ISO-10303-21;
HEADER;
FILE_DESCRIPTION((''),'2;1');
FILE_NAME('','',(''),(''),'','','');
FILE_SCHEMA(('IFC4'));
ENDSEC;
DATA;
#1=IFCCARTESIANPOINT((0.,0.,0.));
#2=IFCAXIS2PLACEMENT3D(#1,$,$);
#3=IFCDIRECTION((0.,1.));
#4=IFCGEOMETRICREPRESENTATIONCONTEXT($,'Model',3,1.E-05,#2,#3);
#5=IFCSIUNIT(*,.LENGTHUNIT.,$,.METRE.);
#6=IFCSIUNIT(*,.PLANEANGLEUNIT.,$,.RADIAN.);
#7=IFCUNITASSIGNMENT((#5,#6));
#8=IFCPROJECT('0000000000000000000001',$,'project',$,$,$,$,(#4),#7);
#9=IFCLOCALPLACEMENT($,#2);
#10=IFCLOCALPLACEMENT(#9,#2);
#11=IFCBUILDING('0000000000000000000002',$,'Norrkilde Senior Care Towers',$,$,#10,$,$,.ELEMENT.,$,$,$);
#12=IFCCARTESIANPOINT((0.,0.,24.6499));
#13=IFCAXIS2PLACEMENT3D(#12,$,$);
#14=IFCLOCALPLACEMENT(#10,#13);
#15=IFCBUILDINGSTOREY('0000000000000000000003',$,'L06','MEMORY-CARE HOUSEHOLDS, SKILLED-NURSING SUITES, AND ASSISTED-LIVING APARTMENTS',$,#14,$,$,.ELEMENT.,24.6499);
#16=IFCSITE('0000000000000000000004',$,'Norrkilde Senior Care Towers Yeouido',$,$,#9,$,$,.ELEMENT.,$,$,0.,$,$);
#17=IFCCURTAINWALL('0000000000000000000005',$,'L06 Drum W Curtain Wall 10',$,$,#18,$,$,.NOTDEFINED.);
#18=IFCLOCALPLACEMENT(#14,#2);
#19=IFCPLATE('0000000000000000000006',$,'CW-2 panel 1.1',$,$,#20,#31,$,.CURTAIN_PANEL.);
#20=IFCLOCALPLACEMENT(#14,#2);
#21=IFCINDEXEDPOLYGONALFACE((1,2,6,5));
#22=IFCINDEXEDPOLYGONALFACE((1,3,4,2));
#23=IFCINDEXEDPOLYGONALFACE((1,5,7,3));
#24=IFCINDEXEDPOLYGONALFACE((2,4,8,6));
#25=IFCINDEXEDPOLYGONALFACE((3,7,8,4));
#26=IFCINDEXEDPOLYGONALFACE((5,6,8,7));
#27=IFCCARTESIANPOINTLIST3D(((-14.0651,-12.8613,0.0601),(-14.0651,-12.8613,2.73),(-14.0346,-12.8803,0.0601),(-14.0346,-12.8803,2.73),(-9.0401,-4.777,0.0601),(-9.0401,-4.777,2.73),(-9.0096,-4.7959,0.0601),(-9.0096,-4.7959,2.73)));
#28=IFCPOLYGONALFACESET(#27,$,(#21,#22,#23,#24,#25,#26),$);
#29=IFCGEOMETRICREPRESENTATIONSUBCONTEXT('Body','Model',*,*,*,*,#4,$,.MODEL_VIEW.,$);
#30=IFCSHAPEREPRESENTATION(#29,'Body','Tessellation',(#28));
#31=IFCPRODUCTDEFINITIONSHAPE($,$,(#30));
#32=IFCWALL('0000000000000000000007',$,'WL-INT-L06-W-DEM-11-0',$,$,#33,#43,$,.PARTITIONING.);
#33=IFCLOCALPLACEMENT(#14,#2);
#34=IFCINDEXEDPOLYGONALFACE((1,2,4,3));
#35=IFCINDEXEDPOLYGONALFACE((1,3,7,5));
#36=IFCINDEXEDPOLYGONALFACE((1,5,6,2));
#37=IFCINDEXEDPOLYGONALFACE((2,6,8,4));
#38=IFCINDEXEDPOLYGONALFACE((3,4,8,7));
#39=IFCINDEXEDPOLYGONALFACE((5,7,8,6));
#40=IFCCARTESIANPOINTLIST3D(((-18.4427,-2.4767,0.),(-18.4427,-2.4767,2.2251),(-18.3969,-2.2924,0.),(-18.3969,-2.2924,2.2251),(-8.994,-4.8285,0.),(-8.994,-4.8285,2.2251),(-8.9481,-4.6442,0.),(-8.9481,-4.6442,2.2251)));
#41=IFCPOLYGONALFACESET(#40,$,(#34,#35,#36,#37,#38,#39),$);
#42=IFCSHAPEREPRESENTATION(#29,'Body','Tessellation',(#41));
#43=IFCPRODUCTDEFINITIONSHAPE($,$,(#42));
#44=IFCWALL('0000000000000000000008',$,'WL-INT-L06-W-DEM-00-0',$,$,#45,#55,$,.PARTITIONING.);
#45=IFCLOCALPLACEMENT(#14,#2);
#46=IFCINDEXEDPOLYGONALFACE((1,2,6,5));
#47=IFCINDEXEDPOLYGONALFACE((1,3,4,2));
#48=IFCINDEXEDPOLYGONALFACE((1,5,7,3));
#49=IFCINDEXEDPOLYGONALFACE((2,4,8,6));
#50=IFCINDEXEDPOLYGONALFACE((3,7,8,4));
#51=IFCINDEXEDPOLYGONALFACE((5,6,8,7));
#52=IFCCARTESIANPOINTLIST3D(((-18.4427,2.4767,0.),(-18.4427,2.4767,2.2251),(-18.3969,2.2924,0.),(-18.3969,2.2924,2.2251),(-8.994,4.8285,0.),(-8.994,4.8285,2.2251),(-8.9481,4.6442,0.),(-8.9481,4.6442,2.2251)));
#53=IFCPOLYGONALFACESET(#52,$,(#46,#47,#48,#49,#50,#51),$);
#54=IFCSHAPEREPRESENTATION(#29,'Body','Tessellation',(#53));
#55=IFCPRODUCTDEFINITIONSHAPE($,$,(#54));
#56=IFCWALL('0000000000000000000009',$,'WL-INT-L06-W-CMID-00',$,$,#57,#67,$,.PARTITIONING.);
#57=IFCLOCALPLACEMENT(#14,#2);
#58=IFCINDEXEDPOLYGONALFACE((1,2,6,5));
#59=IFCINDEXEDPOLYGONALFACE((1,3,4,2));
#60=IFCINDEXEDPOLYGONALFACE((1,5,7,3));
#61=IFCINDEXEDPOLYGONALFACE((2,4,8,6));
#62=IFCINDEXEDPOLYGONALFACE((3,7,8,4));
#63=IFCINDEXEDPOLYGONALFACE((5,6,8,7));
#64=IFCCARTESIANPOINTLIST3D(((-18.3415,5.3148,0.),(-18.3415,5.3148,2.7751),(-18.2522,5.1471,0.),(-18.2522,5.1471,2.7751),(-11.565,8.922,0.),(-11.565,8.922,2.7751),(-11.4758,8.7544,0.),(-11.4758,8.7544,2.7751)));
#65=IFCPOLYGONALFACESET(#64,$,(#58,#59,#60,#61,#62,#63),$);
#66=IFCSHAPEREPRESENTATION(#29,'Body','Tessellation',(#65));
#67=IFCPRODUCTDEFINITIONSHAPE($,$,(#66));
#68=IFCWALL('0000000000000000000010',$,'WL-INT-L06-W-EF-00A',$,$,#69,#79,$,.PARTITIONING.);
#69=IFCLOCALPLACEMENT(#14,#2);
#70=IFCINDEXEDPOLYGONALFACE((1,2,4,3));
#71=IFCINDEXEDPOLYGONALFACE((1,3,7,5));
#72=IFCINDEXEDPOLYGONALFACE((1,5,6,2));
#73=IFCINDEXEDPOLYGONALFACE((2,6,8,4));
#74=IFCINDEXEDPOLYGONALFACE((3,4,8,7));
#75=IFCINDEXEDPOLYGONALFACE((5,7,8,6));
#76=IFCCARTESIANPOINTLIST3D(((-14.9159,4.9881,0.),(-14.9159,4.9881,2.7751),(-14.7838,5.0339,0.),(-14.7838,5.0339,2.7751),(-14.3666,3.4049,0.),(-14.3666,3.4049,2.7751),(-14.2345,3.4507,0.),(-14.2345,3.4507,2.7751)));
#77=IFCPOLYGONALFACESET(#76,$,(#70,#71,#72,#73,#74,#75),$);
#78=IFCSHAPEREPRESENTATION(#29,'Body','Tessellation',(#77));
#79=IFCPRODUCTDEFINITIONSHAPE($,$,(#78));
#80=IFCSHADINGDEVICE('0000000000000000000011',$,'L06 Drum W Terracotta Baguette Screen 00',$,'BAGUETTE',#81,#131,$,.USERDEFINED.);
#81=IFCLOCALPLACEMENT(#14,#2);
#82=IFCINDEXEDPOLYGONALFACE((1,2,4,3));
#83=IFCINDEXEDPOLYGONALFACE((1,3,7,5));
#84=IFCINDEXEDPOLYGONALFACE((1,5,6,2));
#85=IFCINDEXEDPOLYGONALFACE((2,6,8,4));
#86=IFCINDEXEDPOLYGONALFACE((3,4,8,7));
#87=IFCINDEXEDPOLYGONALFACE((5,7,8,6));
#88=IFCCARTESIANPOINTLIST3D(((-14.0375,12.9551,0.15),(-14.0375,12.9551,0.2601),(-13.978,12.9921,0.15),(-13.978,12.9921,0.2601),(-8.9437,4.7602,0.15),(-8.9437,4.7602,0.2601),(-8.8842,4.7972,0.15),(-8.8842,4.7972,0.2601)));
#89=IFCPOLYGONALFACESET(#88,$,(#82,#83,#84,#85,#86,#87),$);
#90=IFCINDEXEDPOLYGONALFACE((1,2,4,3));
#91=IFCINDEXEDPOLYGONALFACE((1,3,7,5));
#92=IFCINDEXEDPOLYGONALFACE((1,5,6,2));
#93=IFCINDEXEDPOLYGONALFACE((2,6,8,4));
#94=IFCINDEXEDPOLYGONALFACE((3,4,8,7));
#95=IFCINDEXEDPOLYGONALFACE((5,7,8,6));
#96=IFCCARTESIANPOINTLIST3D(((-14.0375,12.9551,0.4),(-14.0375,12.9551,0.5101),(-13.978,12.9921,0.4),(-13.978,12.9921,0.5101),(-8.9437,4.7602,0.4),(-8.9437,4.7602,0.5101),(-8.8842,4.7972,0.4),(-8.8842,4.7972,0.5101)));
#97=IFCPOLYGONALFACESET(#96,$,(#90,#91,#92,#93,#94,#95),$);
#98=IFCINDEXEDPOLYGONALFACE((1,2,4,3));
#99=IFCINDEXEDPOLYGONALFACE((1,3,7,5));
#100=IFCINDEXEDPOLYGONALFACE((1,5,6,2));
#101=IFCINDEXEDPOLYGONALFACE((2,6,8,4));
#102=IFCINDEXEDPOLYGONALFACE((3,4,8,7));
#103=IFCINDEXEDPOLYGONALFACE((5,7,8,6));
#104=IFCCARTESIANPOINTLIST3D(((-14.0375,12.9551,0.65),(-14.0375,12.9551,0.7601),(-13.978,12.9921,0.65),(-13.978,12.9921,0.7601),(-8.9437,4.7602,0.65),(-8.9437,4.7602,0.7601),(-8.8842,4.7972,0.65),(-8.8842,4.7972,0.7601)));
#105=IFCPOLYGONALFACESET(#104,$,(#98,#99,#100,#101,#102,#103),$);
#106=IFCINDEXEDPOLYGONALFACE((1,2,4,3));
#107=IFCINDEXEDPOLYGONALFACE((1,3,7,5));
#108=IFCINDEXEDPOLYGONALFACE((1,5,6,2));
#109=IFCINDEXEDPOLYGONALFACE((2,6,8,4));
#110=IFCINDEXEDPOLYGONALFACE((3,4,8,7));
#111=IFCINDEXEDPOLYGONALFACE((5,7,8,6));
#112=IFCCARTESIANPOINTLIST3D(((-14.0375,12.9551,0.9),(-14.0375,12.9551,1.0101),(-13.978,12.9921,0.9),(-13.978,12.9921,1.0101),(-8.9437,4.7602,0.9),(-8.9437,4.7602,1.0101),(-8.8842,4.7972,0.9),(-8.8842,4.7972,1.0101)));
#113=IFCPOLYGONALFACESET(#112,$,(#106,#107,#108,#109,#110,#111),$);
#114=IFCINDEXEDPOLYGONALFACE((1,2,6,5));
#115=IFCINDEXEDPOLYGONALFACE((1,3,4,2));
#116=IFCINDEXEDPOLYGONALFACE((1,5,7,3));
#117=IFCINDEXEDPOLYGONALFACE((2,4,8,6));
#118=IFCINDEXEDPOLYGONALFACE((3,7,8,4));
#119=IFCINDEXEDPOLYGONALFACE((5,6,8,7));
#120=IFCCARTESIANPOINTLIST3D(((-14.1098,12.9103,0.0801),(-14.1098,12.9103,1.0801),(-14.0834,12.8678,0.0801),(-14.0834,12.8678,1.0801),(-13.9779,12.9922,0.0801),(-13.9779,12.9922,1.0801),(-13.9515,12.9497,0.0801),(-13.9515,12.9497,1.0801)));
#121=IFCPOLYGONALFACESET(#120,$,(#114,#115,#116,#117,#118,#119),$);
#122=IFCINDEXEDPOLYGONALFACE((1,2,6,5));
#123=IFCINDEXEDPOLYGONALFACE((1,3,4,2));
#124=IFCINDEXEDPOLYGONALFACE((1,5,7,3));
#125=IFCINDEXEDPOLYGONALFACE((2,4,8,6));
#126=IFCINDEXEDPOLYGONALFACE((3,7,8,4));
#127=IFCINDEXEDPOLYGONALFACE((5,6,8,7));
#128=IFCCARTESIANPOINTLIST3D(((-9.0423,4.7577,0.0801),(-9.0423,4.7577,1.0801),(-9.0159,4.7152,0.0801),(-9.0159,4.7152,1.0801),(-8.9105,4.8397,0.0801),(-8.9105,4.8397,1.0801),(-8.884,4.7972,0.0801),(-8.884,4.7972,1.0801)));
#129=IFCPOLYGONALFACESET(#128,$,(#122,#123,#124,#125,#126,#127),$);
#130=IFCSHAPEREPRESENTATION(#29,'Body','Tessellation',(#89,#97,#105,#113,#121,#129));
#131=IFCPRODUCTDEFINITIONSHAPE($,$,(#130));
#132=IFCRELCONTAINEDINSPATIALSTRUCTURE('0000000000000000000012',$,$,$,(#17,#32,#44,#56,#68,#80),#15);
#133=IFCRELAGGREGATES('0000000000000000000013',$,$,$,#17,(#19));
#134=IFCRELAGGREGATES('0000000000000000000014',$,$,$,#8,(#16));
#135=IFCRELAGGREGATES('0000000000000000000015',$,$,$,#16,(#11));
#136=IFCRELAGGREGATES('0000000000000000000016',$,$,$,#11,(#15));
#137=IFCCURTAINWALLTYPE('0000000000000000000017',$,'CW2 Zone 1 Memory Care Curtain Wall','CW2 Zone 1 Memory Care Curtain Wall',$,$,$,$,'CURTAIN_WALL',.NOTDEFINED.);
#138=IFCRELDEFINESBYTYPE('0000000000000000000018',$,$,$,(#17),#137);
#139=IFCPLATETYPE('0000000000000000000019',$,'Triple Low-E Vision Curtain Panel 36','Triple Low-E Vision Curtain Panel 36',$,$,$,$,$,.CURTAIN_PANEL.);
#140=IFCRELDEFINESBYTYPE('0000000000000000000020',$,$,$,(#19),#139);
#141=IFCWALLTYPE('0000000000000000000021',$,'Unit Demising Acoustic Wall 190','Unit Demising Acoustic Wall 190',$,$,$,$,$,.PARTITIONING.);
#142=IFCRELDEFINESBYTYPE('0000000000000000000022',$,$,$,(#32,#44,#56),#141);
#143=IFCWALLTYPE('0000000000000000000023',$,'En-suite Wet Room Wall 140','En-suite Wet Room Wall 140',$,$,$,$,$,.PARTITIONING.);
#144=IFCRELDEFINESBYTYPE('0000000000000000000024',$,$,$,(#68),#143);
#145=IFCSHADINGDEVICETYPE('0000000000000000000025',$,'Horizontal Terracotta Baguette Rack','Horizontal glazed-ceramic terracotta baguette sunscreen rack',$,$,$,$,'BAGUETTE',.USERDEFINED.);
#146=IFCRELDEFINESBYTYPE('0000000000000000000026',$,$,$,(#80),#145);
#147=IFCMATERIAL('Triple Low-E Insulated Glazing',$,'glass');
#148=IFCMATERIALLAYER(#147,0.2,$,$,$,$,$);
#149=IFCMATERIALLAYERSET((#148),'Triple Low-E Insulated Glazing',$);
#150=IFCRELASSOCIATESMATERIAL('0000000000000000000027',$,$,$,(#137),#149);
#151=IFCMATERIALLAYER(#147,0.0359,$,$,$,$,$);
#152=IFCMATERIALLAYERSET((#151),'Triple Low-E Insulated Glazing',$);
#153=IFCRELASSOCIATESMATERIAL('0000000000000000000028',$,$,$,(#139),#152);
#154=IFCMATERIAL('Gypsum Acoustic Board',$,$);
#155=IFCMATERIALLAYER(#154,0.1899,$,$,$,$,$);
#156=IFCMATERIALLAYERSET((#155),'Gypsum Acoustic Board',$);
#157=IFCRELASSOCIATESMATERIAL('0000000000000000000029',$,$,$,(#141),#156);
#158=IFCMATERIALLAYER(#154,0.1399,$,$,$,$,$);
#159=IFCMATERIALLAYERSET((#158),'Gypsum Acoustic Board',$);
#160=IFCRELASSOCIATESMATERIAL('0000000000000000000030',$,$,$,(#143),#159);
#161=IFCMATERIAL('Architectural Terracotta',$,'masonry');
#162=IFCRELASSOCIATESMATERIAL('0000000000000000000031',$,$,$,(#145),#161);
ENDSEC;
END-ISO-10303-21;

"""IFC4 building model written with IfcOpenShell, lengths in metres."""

from ifc_helpers import new_model, si_unit, direction, frame, frame_2d, origin, origin_2d, place, context, subcontext, project, spatial, rectangle, extrude, source, transform, mapped, material, layer, layer_set, type_object, type_shapes, element, aggregate, save


model = new_model("IFC4")

# Units and contexts
model_context = context("Model", 3, precision=1e-05, world=origin(), true_north=direction((0.0, 1.0)))
body_context = subcontext(model_context, "Body", "Model", "MODEL_VIEW")
ifc_project = project(units=[si_unit("LENGTHUNIT", "METRE"), si_unit("PLANEANGLEUNIT", "RADIAN")], contexts=[model_context])

# Site, building, storey
site_placement = place(None, origin())
site = spatial("IfcSite", under=ifc_project, at=site_placement, Name="Norrkilde Senior Care Towers Yeouido", CompositionType="ELEMENT", RefElevation=0.0)
building_placement = place(site_placement, origin())
building = spatial("IfcBuilding", under=site, at=building_placement, Name="Norrkilde Senior Care Towers", CompositionType="ELEMENT")
storey_placement = place(building_placement, frame((0.0, 0.0, 24.6499)))
storey = spatial("IfcBuildingStorey", under=building, at=storey_placement, Name="L06", Description="MEMORY-CARE HOUSEHOLDS, SKILLED-NURSING SUITES, AND ASSISTED-LIVING APARTMENTS", CompositionType="ELEMENT", Elevation=24.6499)

# Curtain wall
ifc_material_1 = material(Name="Triple Low-E Insulated Glazing", Category="glass")
ifc_layer_1 = layer(ifc_material_1, 0.2)
ifc_layer_set_1 = layer_set([ifc_layer_1], Name="Triple Low-E Insulated Glazing")
curtain_wall_type = type_object("IfcCurtainWallType", Name="CW2 Zone 1 Memory Care Curtain Wall", Description="CW2 Zone 1 Memory Care Curtain Wall", ElementType="CURTAIN_WALL", PredefinedType="NOTDEFINED", material=ifc_layer_set_1)
curtain_wall_1_placement = place(storey_placement, origin())
curtain_wall_1 = element("IfcCurtainWall", 1, at=curtain_wall_1_placement, inside=storey, type_object=curtain_wall_type, Name="L06 Drum W Curtain Wall 10", PredefinedType="NOTDEFINED")

# Plate
ifc_layer_2 = layer(ifc_material_1, 0.0359)
ifc_layer_set_2 = layer_set([ifc_layer_2], Name="Triple Low-E Insulated Glazing")
plate_type = type_object("IfcPlateType", Name="Triple Low-E Vision Curtain Panel 36", Description="Triple Low-E Vision Curtain Panel 36", PredefinedType="CURTAIN_PANEL", material=ifc_layer_set_2)
shared_shape_1 = source(origin(), body_context, "Body", "SweptSolid", [
    extrude(rectangle(XDim=9.5188, YDim=0.0359, at=origin_2d()), origin(), (0.0, 0.0, 1.0), 2.6699),
])
type_shapes(plate_type, [shared_shape_1])
plate_1_placement = place(storey_placement, frame((-11.5374, -8.8286, 0.0601), z_axis=(0.0, 0.0, 1.0), x_axis=(-0.527901, -0.849306, 0.0)))
plate_1 = element("IfcPlate", 2, at=plate_1_placement, type_object=plate_type, Name="CW-2 panel 1.1", PredefinedType="CURTAIN_PANEL", context=body_context, shape_type="MappedRepresentation", body=[
    mapped(shared_shape_1, transform((0.0, 0.0, 0.0), x_axis=(1.0, 0.0, 0.0), y_axis=(0.0, 1.0, 0.0), z_axis=(0.0, 0.0, 1.0), scale=1.0)),
])
aggregate(curtain_wall_1, [plate_1])

# Walls
ifc_material_2 = material(Name="Gypsum Acoustic Board")
ifc_layer_3 = layer(ifc_material_2, 0.1899)
ifc_layer_set_3 = layer_set([ifc_layer_3], Name="Gypsum Acoustic Board")
wall_type_1 = type_object("IfcWallType", Name="Unit Demising Acoustic Wall 190", Description="Unit Demising Acoustic Wall 190", PredefinedType="PARTITIONING", material=ifc_layer_set_3)
shared_shape_2 = source(origin(), body_context, "Body", "SweptSolid", [
    extrude(rectangle(XDim=9.7371, YDim=0.1899, at=frame_2d((4.8687, 0.0))), origin(), (0.0, 0.0, 1.0), 2.2251),
])
for number, where, z_axis, x_axis, name in (
    (3, (-18.4199, -2.3845, 0.0), (0.0, 0.0, 1.0), (0.970393, -0.241533, 0.0), "WL-INT-L06-W-DEM-11-0"),
    (4, (-18.4199, 2.3845, 0.0), (0.0, 0.0, 1.0), (0.970393, 0.241533, 0.0), "WL-INT-L06-W-DEM-00-0"),
):
    element("IfcWall", number, at=place(storey_placement, frame(where, z_axis=z_axis, x_axis=x_axis)), inside=storey, type_object=wall_type_1, Name=name, PredefinedType="PARTITIONING", context=body_context, shape_type="MappedRepresentation", body=[
        mapped(shared_shape_2, transform((0.0, 0.0, 0.0), x_axis=(1.0, 0.0, 0.0), y_axis=(0.0, 1.0, 0.0), z_axis=(0.0, 0.0, 1.0), scale=1.0)),
    ])
shared_shape_3 = source(origin(), body_context, "Body", "SweptSolid", [
    extrude(rectangle(XDim=7.6768, YDim=0.1899, at=frame_2d((3.8384, 0.0))), origin(), (0.0, 0.0, 1.0), 2.7751),
])
type_shapes(wall_type_1, [shared_shape_2, shared_shape_3])
wall_1_placement = place(storey_placement, frame((-18.2969, 5.231, 0.0), z_axis=(0.0, 0.0, 1.0), x_axis=(0.882725, 0.46989, 0.0)))
element("IfcWall", 5, at=wall_1_placement, inside=storey, type_object=wall_type_1, Name="WL-INT-L06-W-CMID-00", PredefinedType="PARTITIONING", context=body_context, shape_type="MappedRepresentation", body=[
    mapped(shared_shape_3, transform((0.0, 0.0, 0.0), x_axis=(1.0, 0.0, 0.0), y_axis=(0.0, 1.0, 0.0), z_axis=(0.0, 0.0, 1.0), scale=1.0)),
])
ifc_layer_4 = layer(ifc_material_2, 0.1399)
ifc_layer_set_4 = layer_set([ifc_layer_4], Name="Gypsum Acoustic Board")
wall_type_2 = type_object("IfcWallType", Name="En-suite Wet Room Wall 140", Description="En-suite Wet Room Wall 140", PredefinedType="PARTITIONING", material=ifc_layer_set_4)
shared_shape_4 = source(origin(), body_context, "Body", "SweptSolid", [
    extrude(rectangle(XDim=1.6758, YDim=0.1399, at=frame_2d((0.8379, 0.0))), origin(), (0.0, 0.0, 1.0), 2.7751),
])
type_shapes(wall_type_2, [shared_shape_4])
wall_2_placement = place(storey_placement, frame((-14.8499, 5.011, 0.0), z_axis=(0.0, 0.0, 1.0), x_axis=(0.327786, -0.944752, 0.0)))
element("IfcWall", 6, at=wall_2_placement, inside=storey, type_object=wall_type_2, Name="WL-INT-L06-W-EF-00A", PredefinedType="PARTITIONING", context=body_context, shape_type="MappedRepresentation", body=[
    mapped(shared_shape_4, transform((0.0, 0.0, 0.0), x_axis=(1.0, 0.0, 0.0), y_axis=(0.0, 1.0, 0.0), z_axis=(0.0, 0.0, 1.0), scale=1.0)),
])

# Shading device
ifc_material_3 = material(Name="Architectural Terracotta", Category="masonry")
shading_device_type = type_object("IfcShadingDeviceType", Name="Horizontal Terracotta Baguette Rack", Description="Horizontal glazed-ceramic terracotta baguette sunscreen rack", ElementType="BAGUETTE", PredefinedType="USERDEFINED", material=ifc_material_3)
shared_shape_5 = source(origin(), body_context, "Body", "SweptSolid", [
    extrude(rectangle(XDim=0.0701, YDim=0.1101, at=origin_2d()), frame((0.0, 0.0901, 0.125), z_axis=(1.0, 0.0, 0.0), x_axis=(0.0, 1.0, 0.0)), (0.0, 0.0, 1.0), 9.6489),
    extrude(rectangle(XDim=0.0701, YDim=0.1101, at=origin_2d()), frame((0.0, 0.0901, 0.375), z_axis=(1.0, 0.0, 0.0), x_axis=(0.0, 1.0, 0.0)), (0.0, 0.0, 1.0), 9.6489),
    extrude(rectangle(XDim=0.0701, YDim=0.1101, at=origin_2d()), frame((0.0, 0.0901, 0.625), z_axis=(1.0, 0.0, 0.0), x_axis=(0.0, 1.0, 0.0)), (0.0, 0.0, 1.0), 9.6489),
    extrude(rectangle(XDim=0.0701, YDim=0.1101, at=origin_2d()), frame((0.0, 0.0901, 0.875), z_axis=(1.0, 0.0, 0.0), x_axis=(0.0, 1.0, 0.0)), (0.0, 0.0, 1.0), 9.6489),
    extrude(rectangle(XDim=0.05, YDim=0.1553, at=origin_2d()), frame((0.0249, 0.0476, 0.0)), (0.0, 0.0, 1.0), 1.0),
    extrude(rectangle(XDim=0.05, YDim=0.1553, at=origin_2d()), frame((9.624, 0.0476, 0.0)), (0.0, 0.0, 1.0), 1.0),
])
type_shapes(shading_device_type, [shared_shape_5])
shading_device_placement = place(storey_placement, frame((-14.0842, 12.926, 0.0801), z_axis=(0.0, 0.0, 1.0), x_axis=(0.527909, -0.849299, 0.0)))
element("IfcShadingDevice", 7, at=shading_device_placement, inside=storey, type_object=shading_device_type, Name="L06 Drum W Terracotta Baguette Screen 00", ObjectType="BAGUETTE", PredefinedType="USERDEFINED", context=body_context, shape_type="MappedRepresentation", body=[
    mapped(shared_shape_5, transform((0.0, 0.0, 0.0), x_axis=(1.0, 0.0, 0.0), y_axis=(0.0, 1.0, 0.0), z_axis=(0.0, 0.0, 1.0), scale=1.0)),
])

save(model, "model.ifc")
